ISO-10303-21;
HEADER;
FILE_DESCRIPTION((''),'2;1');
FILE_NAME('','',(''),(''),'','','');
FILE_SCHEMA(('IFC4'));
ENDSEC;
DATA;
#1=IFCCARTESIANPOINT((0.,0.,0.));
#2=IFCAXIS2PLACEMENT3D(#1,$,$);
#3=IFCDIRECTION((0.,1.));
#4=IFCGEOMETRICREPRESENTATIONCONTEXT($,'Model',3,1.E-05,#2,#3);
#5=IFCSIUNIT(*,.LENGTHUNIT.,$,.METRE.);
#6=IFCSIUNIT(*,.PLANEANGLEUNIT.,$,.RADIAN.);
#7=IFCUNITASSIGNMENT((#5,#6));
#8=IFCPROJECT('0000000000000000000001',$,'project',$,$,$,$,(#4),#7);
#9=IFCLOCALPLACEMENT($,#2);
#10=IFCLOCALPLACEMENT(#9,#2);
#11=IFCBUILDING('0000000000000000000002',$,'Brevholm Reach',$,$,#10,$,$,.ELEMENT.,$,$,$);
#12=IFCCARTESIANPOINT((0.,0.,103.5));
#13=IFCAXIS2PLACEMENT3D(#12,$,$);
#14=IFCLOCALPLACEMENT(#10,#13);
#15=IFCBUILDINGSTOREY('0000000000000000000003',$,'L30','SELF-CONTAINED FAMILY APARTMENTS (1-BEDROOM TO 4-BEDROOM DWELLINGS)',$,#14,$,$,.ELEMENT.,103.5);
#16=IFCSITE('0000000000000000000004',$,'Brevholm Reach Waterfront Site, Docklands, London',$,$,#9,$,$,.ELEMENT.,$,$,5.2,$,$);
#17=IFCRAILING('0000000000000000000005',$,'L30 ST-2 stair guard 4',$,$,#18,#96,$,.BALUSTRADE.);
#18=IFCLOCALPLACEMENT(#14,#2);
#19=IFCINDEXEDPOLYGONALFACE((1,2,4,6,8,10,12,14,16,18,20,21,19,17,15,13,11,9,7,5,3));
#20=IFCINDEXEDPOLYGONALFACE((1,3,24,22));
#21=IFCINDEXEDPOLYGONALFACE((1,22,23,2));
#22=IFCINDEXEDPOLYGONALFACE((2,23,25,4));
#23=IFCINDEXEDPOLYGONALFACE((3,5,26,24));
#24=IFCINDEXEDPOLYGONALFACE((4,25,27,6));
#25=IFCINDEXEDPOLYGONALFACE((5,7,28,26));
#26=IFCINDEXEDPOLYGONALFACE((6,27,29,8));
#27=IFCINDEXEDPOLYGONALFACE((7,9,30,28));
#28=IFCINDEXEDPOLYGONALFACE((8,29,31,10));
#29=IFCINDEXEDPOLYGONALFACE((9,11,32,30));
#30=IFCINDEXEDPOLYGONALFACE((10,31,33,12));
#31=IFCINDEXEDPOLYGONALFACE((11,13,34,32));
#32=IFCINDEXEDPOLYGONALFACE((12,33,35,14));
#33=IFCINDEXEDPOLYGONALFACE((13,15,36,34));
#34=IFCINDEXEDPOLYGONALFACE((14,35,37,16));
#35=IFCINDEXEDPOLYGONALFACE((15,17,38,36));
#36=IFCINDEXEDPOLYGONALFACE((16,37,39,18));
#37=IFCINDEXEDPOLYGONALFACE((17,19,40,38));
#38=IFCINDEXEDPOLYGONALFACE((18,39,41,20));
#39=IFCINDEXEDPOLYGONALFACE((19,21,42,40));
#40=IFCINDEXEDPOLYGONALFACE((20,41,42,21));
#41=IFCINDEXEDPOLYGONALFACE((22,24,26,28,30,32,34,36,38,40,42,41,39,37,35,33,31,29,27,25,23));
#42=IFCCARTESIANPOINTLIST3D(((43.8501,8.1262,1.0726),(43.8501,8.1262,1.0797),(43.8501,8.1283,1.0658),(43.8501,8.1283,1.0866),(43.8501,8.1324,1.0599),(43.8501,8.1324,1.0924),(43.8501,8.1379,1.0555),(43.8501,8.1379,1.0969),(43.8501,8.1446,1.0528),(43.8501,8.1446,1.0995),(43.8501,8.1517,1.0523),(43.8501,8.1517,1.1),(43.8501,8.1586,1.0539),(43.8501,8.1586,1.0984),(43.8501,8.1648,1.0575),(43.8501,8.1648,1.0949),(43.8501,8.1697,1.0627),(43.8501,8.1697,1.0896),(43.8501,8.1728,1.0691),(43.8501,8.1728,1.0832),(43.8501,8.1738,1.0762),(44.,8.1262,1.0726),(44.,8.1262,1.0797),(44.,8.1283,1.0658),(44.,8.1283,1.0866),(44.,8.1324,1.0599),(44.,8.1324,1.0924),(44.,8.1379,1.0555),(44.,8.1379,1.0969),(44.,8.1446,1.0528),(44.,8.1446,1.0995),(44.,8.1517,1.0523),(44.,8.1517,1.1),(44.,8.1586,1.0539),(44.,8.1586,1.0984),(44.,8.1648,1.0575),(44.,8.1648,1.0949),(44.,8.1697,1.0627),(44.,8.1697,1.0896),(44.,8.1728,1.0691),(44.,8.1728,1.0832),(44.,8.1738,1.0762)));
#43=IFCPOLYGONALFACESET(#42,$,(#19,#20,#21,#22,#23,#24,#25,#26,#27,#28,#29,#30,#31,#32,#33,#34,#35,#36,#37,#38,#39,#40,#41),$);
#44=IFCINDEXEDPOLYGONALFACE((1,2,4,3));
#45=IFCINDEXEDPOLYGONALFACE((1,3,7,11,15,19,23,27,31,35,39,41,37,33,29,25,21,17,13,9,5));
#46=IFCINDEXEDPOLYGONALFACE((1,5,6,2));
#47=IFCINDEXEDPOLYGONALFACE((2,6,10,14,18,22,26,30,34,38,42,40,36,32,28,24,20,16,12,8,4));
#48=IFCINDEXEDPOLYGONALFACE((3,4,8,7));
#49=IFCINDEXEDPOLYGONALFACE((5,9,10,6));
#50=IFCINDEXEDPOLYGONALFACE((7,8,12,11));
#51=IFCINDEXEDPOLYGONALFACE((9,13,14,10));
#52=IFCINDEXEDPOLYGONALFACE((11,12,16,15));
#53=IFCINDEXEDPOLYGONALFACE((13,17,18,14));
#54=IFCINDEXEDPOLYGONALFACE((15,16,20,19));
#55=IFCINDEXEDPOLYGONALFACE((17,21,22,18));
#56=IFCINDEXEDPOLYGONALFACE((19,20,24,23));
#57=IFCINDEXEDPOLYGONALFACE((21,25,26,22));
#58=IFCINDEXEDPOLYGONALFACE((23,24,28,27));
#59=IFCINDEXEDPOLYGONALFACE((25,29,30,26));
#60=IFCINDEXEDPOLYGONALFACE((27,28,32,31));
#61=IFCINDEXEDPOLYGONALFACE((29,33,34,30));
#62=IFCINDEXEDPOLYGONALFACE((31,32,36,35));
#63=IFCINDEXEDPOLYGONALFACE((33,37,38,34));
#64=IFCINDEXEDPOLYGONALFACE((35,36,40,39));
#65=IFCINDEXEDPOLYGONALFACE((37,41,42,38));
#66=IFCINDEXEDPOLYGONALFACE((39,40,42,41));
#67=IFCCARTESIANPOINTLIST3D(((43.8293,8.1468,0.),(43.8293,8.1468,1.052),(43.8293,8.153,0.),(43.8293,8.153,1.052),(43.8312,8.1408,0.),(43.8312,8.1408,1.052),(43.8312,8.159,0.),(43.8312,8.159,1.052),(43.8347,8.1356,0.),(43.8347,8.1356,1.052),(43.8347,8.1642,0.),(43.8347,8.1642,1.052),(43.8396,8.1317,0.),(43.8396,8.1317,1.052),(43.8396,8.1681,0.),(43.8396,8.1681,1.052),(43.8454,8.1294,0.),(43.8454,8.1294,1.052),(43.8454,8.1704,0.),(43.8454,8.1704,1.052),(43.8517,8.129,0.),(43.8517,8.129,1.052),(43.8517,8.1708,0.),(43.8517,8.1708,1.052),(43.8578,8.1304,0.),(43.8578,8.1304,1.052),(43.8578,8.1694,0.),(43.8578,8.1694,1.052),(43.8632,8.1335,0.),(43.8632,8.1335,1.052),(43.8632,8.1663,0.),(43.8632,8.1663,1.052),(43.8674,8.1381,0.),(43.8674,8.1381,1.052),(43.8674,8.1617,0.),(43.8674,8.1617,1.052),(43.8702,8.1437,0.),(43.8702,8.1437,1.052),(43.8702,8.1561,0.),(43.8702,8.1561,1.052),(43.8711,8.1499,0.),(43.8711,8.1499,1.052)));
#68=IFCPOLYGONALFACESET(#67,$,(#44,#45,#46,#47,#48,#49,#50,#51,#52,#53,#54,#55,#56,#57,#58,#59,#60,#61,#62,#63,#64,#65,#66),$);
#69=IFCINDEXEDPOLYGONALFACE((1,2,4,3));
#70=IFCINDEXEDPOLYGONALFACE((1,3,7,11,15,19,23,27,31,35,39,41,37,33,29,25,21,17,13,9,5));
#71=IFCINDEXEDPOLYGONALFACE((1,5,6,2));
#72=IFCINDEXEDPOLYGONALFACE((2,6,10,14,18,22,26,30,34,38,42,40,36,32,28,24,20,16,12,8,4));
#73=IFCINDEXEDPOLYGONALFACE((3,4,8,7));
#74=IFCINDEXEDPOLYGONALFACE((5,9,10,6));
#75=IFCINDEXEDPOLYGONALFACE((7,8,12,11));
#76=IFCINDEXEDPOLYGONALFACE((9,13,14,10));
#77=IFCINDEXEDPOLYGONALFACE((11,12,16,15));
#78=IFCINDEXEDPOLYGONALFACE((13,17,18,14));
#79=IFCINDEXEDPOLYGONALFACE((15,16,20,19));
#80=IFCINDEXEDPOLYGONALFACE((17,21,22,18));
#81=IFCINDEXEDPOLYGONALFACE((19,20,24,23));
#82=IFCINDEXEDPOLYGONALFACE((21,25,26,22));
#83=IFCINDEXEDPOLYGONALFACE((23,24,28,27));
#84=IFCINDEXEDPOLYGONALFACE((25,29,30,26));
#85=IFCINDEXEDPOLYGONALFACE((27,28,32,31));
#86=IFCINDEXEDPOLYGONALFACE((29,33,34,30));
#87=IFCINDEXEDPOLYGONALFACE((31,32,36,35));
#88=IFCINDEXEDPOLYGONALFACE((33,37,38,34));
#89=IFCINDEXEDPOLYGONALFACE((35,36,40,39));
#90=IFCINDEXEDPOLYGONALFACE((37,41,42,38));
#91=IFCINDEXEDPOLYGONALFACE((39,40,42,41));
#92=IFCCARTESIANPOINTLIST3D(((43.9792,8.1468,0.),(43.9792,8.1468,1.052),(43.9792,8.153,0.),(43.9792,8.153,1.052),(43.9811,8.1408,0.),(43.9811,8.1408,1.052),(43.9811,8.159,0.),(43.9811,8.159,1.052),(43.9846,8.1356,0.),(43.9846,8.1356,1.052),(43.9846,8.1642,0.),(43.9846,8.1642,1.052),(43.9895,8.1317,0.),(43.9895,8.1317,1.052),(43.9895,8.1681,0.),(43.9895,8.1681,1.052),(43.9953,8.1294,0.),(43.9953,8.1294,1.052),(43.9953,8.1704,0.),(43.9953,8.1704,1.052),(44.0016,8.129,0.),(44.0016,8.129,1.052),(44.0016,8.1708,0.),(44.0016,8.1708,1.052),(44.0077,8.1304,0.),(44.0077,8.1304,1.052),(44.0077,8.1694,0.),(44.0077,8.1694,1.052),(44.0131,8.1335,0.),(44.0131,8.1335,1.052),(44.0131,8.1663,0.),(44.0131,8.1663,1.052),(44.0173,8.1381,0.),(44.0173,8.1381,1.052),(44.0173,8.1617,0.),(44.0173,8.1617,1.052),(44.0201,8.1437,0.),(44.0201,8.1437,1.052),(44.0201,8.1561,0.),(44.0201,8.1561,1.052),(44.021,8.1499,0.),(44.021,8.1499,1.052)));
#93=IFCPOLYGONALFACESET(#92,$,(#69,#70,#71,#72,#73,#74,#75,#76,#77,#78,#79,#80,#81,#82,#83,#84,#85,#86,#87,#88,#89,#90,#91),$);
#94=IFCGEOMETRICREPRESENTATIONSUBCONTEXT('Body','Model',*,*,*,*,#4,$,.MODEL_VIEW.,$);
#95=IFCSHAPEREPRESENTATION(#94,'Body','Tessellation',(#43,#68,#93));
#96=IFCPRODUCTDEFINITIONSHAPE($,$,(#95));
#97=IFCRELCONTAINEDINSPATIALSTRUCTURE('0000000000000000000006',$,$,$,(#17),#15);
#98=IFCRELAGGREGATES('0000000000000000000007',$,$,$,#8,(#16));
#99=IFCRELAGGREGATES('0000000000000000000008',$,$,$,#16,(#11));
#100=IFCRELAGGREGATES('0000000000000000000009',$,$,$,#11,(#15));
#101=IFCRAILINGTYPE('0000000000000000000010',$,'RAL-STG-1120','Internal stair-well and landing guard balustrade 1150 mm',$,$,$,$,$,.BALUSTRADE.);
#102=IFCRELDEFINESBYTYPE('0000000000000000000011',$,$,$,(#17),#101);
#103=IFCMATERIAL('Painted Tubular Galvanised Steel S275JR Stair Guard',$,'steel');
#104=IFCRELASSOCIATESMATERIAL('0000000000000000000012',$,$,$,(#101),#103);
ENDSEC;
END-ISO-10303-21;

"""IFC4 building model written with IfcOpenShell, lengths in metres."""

from ifc_helpers import new_model, si_unit, direction, frame, origin, origin_2d, place, context, subcontext, project, spatial, circle, extrude, material, type_object, element, save


model = new_model("IFC4")

# Units and contexts
model_context = context("Model", 3, precision=1e-05, world=origin(), true_north=direction((0.0, 1.0)))
body_context = subcontext(model_context, "Body", "Model", "MODEL_VIEW")
ifc_project = project(units=[si_unit("LENGTHUNIT", "METRE"), si_unit("PLANEANGLEUNIT", "RADIAN")], contexts=[model_context])

# Site, building, storey
site_placement = place(None, origin())
site = spatial("IfcSite", under=ifc_project, at=site_placement, Name="Brevholm Reach Waterfront Site, Docklands, London", CompositionType="ELEMENT", RefElevation=5.2)
building_placement = place(site_placement, origin())
building = spatial("IfcBuilding", under=site, at=building_placement, Name="Brevholm Reach", CompositionType="ELEMENT")
storey_placement = place(building_placement, frame((0.0, 0.0, 103.5)))
storey = spatial("IfcBuildingStorey", under=building, at=storey_placement, Name="L30", Description="SELF-CONTAINED FAMILY APARTMENTS (1-BEDROOM TO 4-BEDROOM DWELLINGS)", CompositionType="ELEMENT", Elevation=103.5)

# Railing
ifc_material_1 = material(Name="Painted Tubular Galvanised Steel S275JR Stair Guard", Category="steel")
railing_type = type_object("IfcRailingType", Name="RAL-STG-1120", Description="Internal stair-well and landing guard balustrade 1150 mm", PredefinedType="BALUSTRADE", material=ifc_material_1)
railing_1_placement = place(storey_placement, frame((43.8501, 8.1499, 0.0)))
element("IfcRailing", 1, at=railing_1_placement, inside=storey, type_object=railing_type, Name="L30 ST-2 stair guard 4", PredefinedType="BALUSTRADE", context=body_context, shape_type="SweptSolid", body=[
    extrude(circle(Radius=0.0239, at=origin_2d()), frame((0.0, 0.0, 1.0762), z_axis=(1.0, 0.0, 0.0), x_axis=(0.0, 1.0, 0.0)), (0.0, 0.0, 1.0), 0.1499),
    extrude(circle(Radius=0.021, at=origin_2d()), origin(), (0.0, 0.0, 1.0), 1.052),
    extrude(circle(Radius=0.021, at=origin_2d()), frame((0.1499, 0.0, 0.0)), (0.0, 0.0, 1.0), 1.052),
])

save(model, "model.ifc")
